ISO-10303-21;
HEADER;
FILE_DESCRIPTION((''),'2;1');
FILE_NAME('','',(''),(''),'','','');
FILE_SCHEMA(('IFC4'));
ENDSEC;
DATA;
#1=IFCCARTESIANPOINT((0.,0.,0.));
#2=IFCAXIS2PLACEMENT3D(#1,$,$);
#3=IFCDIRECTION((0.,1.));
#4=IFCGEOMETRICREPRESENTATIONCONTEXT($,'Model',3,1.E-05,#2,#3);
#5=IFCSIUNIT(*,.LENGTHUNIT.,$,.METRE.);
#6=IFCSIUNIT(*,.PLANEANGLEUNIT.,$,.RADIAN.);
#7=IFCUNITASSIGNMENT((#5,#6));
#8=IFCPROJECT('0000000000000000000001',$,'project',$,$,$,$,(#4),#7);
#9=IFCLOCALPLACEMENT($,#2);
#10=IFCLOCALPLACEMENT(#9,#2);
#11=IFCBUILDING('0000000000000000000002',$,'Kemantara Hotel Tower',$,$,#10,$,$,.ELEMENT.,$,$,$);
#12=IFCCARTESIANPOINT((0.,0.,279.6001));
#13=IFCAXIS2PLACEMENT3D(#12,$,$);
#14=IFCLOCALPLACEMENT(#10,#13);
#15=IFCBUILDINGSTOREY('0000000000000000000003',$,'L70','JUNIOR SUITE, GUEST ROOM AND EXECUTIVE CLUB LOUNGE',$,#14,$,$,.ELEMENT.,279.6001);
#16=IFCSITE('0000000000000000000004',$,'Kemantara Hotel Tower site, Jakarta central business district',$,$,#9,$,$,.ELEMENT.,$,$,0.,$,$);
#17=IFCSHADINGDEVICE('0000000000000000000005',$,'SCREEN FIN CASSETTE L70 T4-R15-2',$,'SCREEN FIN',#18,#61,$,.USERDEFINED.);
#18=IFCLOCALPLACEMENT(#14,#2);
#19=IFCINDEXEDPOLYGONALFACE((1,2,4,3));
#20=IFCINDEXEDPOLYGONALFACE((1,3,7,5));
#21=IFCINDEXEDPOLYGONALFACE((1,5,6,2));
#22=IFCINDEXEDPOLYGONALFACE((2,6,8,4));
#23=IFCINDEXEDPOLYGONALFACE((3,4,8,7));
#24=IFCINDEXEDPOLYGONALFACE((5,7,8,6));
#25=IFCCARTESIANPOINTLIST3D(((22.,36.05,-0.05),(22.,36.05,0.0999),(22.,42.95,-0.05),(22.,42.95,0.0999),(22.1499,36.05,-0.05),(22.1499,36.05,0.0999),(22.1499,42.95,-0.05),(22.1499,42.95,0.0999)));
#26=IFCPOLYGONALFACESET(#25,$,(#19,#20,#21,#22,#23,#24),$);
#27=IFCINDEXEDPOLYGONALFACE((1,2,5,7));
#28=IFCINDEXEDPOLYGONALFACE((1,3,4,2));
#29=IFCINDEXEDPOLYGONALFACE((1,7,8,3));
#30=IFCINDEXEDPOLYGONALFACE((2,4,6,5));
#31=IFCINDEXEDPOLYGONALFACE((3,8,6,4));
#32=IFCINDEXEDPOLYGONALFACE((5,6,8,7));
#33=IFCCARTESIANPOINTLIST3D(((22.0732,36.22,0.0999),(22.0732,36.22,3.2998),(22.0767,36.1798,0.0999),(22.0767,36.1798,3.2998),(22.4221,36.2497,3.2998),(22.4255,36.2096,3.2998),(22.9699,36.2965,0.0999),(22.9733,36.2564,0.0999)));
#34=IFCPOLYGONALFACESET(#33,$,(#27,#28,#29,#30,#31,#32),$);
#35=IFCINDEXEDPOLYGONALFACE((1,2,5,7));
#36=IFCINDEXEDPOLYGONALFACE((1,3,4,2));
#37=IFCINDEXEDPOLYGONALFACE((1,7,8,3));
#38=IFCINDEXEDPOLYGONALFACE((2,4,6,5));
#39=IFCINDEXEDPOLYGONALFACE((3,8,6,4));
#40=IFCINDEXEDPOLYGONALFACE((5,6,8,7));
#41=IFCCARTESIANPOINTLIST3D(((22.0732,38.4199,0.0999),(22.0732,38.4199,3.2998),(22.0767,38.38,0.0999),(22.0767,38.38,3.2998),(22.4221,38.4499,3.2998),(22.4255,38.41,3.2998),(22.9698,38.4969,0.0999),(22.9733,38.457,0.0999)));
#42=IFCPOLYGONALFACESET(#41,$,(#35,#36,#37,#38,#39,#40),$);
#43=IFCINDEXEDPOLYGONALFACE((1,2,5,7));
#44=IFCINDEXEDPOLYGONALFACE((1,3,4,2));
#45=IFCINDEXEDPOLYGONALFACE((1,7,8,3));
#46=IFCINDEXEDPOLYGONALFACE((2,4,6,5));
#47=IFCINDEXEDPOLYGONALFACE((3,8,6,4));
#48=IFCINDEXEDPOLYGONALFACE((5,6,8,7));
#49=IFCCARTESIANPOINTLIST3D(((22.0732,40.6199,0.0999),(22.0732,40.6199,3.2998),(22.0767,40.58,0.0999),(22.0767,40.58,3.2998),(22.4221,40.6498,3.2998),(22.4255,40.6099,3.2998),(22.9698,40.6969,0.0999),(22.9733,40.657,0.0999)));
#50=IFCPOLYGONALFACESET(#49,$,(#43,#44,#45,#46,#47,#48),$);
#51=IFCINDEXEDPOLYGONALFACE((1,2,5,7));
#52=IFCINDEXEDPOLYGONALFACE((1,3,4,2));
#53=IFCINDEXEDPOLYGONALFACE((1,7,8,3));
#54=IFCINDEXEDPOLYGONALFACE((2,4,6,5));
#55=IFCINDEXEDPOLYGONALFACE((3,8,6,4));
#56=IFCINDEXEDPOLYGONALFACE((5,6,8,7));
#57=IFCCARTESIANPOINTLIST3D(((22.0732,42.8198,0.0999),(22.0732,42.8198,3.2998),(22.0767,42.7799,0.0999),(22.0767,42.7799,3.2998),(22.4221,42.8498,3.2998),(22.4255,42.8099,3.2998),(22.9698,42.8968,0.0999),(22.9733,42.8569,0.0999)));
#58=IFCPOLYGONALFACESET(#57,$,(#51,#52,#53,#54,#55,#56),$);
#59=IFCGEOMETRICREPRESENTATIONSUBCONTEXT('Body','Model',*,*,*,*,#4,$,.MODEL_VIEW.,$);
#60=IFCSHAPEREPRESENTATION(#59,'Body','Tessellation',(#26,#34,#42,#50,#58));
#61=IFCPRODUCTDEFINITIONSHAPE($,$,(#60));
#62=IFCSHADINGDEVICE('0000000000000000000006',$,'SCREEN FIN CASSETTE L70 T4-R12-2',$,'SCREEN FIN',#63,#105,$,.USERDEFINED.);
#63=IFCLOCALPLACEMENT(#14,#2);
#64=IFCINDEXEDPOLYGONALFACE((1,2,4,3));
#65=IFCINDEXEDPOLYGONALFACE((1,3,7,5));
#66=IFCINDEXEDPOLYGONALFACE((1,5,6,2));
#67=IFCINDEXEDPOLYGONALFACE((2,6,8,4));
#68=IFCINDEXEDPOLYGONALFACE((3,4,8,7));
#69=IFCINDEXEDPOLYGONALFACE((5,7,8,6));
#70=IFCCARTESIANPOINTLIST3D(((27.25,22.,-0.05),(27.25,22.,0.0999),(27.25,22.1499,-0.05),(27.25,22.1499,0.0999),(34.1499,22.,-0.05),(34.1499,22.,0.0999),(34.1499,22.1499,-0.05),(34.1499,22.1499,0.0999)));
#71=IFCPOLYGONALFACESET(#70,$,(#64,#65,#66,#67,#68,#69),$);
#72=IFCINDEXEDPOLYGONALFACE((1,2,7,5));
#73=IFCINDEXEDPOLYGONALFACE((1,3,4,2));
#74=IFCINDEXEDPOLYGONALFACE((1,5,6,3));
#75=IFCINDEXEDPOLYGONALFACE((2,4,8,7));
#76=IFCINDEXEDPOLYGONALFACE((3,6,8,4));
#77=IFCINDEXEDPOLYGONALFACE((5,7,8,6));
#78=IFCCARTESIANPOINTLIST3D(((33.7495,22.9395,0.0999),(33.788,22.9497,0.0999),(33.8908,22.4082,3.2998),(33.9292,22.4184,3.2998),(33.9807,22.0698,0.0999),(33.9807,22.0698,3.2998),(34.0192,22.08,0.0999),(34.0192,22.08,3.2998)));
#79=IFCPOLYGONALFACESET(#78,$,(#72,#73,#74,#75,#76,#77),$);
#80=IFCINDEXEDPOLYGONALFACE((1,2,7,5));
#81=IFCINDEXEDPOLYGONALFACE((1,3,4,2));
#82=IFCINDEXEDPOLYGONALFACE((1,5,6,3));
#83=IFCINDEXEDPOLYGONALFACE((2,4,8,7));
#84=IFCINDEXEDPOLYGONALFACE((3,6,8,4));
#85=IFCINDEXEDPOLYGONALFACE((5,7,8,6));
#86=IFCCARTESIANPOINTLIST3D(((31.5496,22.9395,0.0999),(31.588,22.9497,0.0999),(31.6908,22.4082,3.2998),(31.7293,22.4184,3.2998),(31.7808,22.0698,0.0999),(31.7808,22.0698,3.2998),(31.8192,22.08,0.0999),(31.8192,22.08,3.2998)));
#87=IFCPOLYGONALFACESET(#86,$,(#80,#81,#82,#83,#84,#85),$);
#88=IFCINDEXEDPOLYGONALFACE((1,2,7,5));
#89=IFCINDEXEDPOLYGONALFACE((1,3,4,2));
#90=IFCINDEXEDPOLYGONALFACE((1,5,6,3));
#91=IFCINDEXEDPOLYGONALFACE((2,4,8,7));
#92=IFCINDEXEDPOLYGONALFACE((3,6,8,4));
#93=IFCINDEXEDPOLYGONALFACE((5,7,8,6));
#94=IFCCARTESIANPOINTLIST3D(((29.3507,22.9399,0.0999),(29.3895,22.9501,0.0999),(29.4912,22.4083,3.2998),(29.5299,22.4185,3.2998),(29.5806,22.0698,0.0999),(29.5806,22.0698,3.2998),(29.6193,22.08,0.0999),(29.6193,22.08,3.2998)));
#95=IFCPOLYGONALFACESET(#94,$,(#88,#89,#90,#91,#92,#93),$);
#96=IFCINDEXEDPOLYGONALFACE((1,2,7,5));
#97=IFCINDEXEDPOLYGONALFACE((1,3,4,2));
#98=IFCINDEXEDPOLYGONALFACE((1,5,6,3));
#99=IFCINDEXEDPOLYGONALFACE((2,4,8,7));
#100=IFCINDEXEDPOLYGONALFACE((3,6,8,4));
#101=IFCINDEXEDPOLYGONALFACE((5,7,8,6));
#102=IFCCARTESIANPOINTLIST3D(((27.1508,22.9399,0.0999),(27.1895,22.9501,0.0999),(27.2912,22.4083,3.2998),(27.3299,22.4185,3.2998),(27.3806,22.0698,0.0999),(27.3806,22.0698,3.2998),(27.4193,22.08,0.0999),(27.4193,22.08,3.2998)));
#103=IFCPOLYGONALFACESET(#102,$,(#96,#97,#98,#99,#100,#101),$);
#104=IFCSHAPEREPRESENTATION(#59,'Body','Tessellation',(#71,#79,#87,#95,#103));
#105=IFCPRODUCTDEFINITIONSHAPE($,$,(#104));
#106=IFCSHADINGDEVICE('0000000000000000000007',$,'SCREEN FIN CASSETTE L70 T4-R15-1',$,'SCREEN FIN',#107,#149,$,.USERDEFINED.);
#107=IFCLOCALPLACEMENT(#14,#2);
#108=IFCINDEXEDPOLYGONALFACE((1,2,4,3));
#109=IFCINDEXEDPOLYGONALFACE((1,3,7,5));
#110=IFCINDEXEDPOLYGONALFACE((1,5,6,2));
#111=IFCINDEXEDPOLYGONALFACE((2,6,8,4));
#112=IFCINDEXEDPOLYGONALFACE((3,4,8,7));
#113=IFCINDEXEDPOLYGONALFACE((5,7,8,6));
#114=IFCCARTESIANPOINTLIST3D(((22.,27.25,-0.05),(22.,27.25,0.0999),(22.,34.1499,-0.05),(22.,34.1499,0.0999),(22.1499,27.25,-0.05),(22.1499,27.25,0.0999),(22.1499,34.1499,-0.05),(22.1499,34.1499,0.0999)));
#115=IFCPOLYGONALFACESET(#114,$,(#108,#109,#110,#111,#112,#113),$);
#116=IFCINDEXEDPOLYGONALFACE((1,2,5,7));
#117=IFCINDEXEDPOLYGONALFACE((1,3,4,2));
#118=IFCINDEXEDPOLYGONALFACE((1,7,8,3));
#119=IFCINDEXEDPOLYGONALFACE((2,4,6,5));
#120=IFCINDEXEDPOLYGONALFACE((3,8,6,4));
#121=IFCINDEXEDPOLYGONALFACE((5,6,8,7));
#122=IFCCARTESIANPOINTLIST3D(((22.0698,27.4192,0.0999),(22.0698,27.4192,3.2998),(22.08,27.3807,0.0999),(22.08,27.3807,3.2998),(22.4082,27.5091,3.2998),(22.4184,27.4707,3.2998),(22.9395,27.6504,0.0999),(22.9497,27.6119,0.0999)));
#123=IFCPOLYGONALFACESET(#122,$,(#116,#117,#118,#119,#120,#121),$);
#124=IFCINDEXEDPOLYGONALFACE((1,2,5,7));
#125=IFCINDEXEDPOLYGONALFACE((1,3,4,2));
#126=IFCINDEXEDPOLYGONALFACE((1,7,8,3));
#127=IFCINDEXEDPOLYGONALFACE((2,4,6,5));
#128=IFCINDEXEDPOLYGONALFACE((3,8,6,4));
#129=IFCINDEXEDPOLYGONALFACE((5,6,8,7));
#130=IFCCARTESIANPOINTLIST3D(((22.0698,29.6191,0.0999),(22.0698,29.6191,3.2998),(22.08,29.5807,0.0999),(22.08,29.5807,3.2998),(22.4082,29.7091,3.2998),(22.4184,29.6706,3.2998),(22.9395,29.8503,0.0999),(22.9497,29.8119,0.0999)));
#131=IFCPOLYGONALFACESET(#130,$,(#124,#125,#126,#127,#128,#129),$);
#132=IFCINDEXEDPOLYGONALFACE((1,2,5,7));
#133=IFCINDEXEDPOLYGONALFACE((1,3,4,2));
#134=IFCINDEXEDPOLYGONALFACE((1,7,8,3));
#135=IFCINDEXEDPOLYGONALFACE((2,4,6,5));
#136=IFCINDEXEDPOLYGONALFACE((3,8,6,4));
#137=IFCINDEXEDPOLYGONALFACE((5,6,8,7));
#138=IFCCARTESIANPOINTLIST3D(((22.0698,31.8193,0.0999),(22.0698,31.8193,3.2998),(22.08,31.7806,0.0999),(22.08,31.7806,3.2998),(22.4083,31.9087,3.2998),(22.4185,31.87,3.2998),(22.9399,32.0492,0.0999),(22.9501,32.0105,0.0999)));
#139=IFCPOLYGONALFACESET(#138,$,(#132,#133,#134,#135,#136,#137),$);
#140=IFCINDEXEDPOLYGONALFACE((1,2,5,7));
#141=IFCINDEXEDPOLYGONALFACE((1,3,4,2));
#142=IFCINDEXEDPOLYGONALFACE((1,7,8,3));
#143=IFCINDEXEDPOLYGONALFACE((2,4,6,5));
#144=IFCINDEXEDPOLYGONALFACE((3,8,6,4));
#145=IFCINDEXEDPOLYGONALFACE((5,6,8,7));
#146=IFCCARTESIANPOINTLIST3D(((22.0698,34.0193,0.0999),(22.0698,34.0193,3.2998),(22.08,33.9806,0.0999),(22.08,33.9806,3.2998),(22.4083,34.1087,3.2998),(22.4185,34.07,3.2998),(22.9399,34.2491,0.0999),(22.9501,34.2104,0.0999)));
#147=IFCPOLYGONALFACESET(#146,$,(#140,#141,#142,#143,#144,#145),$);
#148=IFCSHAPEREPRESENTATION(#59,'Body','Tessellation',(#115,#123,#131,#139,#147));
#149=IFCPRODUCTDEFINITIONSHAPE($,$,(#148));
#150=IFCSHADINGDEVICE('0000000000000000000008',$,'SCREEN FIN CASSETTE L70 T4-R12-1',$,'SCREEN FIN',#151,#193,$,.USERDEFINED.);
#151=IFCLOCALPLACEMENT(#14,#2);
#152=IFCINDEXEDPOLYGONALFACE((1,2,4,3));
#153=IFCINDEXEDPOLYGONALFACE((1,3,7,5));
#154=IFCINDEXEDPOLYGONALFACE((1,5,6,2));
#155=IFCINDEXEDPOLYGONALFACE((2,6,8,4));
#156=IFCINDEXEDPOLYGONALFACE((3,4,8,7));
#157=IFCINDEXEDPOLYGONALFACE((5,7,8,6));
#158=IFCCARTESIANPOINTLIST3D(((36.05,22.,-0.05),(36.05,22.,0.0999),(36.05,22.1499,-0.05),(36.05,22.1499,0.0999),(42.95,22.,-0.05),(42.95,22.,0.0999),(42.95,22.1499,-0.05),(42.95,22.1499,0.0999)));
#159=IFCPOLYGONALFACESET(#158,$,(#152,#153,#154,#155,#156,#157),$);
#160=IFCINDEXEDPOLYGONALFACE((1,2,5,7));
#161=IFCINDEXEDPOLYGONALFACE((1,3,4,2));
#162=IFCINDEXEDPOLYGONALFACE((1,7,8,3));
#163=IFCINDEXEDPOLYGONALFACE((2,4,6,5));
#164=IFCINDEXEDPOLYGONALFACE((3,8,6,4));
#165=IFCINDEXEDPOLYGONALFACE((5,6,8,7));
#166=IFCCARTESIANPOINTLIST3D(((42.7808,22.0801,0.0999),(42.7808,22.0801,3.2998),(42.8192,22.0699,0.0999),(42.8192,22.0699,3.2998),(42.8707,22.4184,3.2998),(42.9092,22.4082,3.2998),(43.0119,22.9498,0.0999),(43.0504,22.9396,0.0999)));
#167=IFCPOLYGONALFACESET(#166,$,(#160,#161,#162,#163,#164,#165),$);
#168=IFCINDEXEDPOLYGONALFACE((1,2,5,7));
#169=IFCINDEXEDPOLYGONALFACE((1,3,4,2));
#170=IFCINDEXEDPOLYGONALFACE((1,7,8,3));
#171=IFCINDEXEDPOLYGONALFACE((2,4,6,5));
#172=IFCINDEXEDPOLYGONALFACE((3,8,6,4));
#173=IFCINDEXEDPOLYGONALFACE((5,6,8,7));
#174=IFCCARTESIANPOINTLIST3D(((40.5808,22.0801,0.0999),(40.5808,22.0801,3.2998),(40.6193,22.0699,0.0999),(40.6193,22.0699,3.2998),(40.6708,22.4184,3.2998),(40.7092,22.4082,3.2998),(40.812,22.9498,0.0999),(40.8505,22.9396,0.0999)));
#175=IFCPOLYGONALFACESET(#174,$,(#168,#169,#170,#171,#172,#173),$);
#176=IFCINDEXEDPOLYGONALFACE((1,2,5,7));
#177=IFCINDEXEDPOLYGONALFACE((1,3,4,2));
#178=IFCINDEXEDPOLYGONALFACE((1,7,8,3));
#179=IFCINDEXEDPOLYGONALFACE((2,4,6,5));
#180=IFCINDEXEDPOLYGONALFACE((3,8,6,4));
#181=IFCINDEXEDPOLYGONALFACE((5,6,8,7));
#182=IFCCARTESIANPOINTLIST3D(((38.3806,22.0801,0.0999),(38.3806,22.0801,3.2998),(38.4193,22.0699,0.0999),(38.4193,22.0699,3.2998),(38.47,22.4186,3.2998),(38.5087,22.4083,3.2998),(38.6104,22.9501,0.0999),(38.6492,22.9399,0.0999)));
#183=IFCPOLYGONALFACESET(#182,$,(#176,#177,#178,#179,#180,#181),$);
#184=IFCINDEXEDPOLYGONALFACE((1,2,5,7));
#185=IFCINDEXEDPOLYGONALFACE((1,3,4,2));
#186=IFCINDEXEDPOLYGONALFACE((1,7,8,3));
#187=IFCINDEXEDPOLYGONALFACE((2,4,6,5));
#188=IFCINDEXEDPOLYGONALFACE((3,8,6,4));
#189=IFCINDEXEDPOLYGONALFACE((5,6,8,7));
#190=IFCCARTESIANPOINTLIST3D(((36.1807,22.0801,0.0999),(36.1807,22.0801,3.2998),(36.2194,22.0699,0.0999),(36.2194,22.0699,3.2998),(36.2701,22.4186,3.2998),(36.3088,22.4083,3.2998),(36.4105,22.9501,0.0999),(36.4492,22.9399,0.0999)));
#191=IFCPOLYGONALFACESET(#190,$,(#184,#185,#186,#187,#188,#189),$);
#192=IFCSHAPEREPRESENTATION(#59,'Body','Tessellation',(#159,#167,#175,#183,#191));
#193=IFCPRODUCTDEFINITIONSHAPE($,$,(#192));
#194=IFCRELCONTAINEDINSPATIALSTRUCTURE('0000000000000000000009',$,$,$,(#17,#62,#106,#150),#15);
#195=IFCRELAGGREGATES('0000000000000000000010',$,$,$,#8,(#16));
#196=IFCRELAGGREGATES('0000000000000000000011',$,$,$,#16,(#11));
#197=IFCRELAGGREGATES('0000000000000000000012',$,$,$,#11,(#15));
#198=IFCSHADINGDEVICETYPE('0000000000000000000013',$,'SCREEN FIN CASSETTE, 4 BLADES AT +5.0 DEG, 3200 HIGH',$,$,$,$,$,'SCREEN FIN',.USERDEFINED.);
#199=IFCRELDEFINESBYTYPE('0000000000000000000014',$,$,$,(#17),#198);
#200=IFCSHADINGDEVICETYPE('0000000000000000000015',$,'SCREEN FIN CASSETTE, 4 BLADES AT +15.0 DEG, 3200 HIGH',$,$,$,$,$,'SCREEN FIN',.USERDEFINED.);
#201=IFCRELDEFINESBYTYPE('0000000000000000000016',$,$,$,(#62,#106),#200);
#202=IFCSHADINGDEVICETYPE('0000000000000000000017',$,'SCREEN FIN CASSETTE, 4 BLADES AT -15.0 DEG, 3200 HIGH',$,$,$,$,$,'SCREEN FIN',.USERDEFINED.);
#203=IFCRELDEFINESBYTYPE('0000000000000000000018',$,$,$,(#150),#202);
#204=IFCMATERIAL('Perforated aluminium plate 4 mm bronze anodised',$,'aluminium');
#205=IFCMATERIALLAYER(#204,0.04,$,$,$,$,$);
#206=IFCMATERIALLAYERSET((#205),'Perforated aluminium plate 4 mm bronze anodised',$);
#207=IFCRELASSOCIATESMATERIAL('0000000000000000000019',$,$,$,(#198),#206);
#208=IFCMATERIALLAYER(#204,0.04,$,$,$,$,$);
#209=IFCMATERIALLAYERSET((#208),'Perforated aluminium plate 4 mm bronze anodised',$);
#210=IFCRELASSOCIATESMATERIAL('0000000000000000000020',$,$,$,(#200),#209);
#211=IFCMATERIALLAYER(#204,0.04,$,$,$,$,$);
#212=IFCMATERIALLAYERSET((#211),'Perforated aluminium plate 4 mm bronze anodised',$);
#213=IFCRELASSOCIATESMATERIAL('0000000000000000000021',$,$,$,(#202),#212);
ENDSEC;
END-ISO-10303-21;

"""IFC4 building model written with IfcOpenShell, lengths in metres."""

from ifc_helpers import new_model, si_unit, direction, frame, origin, origin_2d, place, context, subcontext, project, spatial, polyline, rectangle, outline, extrude, source, transform, mapped, material, layer, layer_set, type_object, element, save


model = new_model("IFC4")

# Units and contexts
model_context = context("Model", 3, precision=1e-05, world=origin(), true_north=direction((0.0, 1.0)))
body_context = subcontext(model_context, "Body", "Model", "MODEL_VIEW")
ifc_project = project(units=[si_unit("LENGTHUNIT", "METRE"), si_unit("PLANEANGLEUNIT", "RADIAN")], contexts=[model_context])

# Site, building, storey
site_placement = place(None, origin())
site = spatial("IfcSite", under=ifc_project, at=site_placement, Name="Kemantara Hotel Tower site, Jakarta central business district", CompositionType="ELEMENT", RefElevation=0.0)
building_placement = place(site_placement, origin())
building = spatial("IfcBuilding", under=site, at=building_placement, Name="Kemantara Hotel Tower", CompositionType="ELEMENT")
storey_placement = place(building_placement, frame((0.0, 0.0, 279.6001)))
storey = spatial("IfcBuildingStorey", under=building, at=storey_placement, Name="L70", Description="JUNIOR SUITE, GUEST ROOM AND EXECUTIVE CLUB LOUNGE", CompositionType="ELEMENT", Elevation=279.6001)

# Shading devices
ifc_material_1 = material(Name="Perforated aluminium plate 4 mm bronze anodised", Category="aluminium")
ifc_layer_1 = layer(ifc_material_1, 0.04)
ifc_layer_set_1 = layer_set([ifc_layer_1], Name="Perforated aluminium plate 4 mm bronze anodised")
shading_device_type_1 = type_object("IfcShadingDeviceType", Name="SCREEN FIN CASSETTE, 4 BLADES AT +5.0 DEG, 3200 HIGH", ElementType="SCREEN FIN", PredefinedType="USERDEFINED", material=ifc_layer_set_1)
shared_shape_1 = source(origin(), body_context, "Body", "SweptSolid", [
    extrude(rectangle(XDim=6.8999, YDim=0.1499, at=origin_2d()), frame((3.3, -0.075, -0.1499), z_axis=(0.0, 0.0, 1.0), x_axis=(1.0, 0.0, 0.0)), (0.0, 0.0, 1.0), 0.1499),
    extrude(outline(polyline([(0.0, 0.0), (0.8999, 0.0), (0.3501, 3.2), (0.0, 3.2), (0.0, 0.0)])), frame((0.02, -0.0732, 0.0), z_axis=(-0.996376, -0.085056, 0.0), x_axis=(0.085056, -0.996376, 0.0)), (0.0, 0.0, 1.0), 0.0403),
    extrude(outline(polyline([(0.0, 0.0), (0.8999, 0.0), (0.3501, 3.2), (0.0, 3.2), (0.0, 0.0)])), frame((2.22, -0.0732, 0.0), z_axis=(-0.996332, -0.085575, 0.0), x_axis=(0.085575, -0.996332, 0.0)), (0.0, 0.0, 1.0), 0.04),
    extrude(outline(polyline([(0.0, 0.0), (0.8999, 0.0), (0.3501, 3.2), (0.0, 3.2), (0.0, 0.0)])), frame((4.4199, -0.0732, 0.0), z_axis=(-0.996332, -0.085575, 0.0), x_axis=(0.085575, -0.996332, 0.0)), (0.0, 0.0, 1.0), 0.04),
    extrude(outline(polyline([(0.0, 0.0), (0.8999, 0.0), (0.3501, 3.2), (0.0, 3.2), (0.0, 0.0)])), frame((6.6199, -0.0732, 0.0), z_axis=(-0.996332, -0.085575, 0.0), x_axis=(0.085575, -0.996332, 0.0)), (0.0, 0.0, 1.0), 0.04),
])
shading_device_1_placement = place(storey_placement, frame((22.0, 36.2, 0.0999), z_axis=(0.0, 0.0, 1.0), x_axis=(0.0, 1.0, 0.0)))
element("IfcShadingDevice", 1, at=shading_device_1_placement, inside=storey, type_object=shading_device_type_1, Name="SCREEN FIN CASSETTE L70 T4-R15-2", ObjectType="SCREEN FIN", PredefinedType="USERDEFINED", context=body_context, shape_type="MappedRepresentation", body=[
    mapped(shared_shape_1, transform((0.0, 0.0, 0.0))),
])
ifc_layer_2 = layer(ifc_material_1, 0.04)
ifc_layer_set_2 = layer_set([ifc_layer_2], Name="Perforated aluminium plate 4 mm bronze anodised")
shading_device_type_2 = type_object("IfcShadingDeviceType", Name="SCREEN FIN CASSETTE, 4 BLADES AT +15.0 DEG, 3200 HIGH", ElementType="SCREEN FIN", PredefinedType="USERDEFINED", material=ifc_layer_set_2)
shared_shape_2 = source(origin(), body_context, "Body", "SweptSolid", [
    extrude(rectangle(XDim=6.8999, YDim=0.1499, at=origin_2d()), frame((3.3, -0.075, -0.1499), z_axis=(0.0, 0.0, 1.0), x_axis=(1.0, 0.0, 0.0)), (0.0, 0.0, 1.0), 0.1499),
    extrude(outline(polyline([(0.0, 0.0), (0.8999, 0.0), (0.3501, 3.2), (0.0, 3.2), (0.0, 0.0)])), frame((0.0193, -0.0698, 0.0), z_axis=(-0.966438, -0.256901, 0.0), x_axis=(0.256901, -0.966438, 0.0)), (0.0, 0.0, 1.0), 0.0398),
    extrude(outline(polyline([(0.0, 0.0), (0.8999, 0.0), (0.3501, 3.2), (0.0, 3.2), (0.0, 0.0)])), frame((2.2192, -0.0698, 0.0), z_axis=(-0.966438, -0.256901, 0.0), x_axis=(0.256901, -0.966438, 0.0)), (0.0, 0.0, 1.0), 0.0398),
    extrude(outline(polyline([(0.0, 0.0), (0.8999, 0.0), (0.3501, 3.2), (0.0, 3.2), (0.0, 0.0)])), frame((4.4194, -0.0698, 0.0), z_axis=(-0.966838, -0.255391, 0.0), x_axis=(0.255391, -0.966838, 0.0)), (0.0, 0.0, 1.0), 0.04),
    extrude(outline(polyline([(0.0, 0.0), (0.8999, 0.0), (0.3501, 3.2), (0.0, 3.2), (0.0, 0.0)])), frame((6.6194, -0.0698, 0.0), z_axis=(-0.966838, -0.255391, 0.0), x_axis=(0.255391, -0.966838, 0.0)), (0.0, 0.0, 1.0), 0.04),
])
for number, where, z_axis, x_axis, name in (
    (2, (34.0, 22.0, 0.0999), (0.0, 0.0, 1.0), (-1.0, 0.0, 0.0), "SCREEN FIN CASSETTE L70 T4-R12-2"),
    (3, (22.0, 27.3999, 0.0999), (0.0, 0.0, 1.0), (0.0, 1.0, 0.0), "SCREEN FIN CASSETTE L70 T4-R15-1"),
):
    element("IfcShadingDevice", number, at=place(storey_placement, frame(where, z_axis=z_axis, x_axis=x_axis)), inside=storey, type_object=shading_device_type_2, Name=name, ObjectType="SCREEN FIN", PredefinedType="USERDEFINED", context=body_context, shape_type="MappedRepresentation", body=[
        mapped(shared_shape_2, transform((0.0, 0.0, 0.0))),
    ])
ifc_layer_3 = layer(ifc_material_1, 0.04)
ifc_layer_set_3 = layer_set([ifc_layer_3], Name="Perforated aluminium plate 4 mm bronze anodised")
shading_device_type_3 = type_object("IfcShadingDeviceType", Name="SCREEN FIN CASSETTE, 4 BLADES AT -15.0 DEG, 3200 HIGH", ElementType="SCREEN FIN", PredefinedType="USERDEFINED", material=ifc_layer_set_3)
shared_shape_3 = source(origin(), body_context, "Body", "SweptSolid", [
    extrude(rectangle(XDim=6.8999, YDim=0.1499, at=origin_2d()), frame((3.3, -0.075, -0.1499), z_axis=(0.0, 0.0, 1.0), x_axis=(1.0, 0.0, 0.0)), (0.0, 0.0, 1.0), 0.1499),
    extrude(outline(polyline([(0.0, 0.0), (0.8999, 0.0), (0.3501, 3.2), (0.0, 3.2), (0.0, 0.0)])), frame((0.0193, -0.0801, 0.0), z_axis=(-0.966438, 0.256901, 0.0), x_axis=(-0.256901, -0.966438, 0.0)), (0.0, 0.0, 1.0), 0.0398),
    extrude(outline(polyline([(0.0, 0.0), (0.8999, 0.0), (0.3501, 3.2), (0.0, 3.2), (0.0, 0.0)])), frame((2.2192, -0.0801, 0.0), z_axis=(-0.966438, 0.256901, 0.0), x_axis=(-0.256901, -0.966438, 0.0)), (0.0, 0.0, 1.0), 0.0398),
    extrude(outline(polyline([(0.0, 0.0), (0.8999, 0.0), (0.3501, 3.2), (0.0, 3.2), (0.0, 0.0)])), frame((4.4194, -0.0801, 0.0), z_axis=(-0.966838, 0.255391, 0.0), x_axis=(-0.255391, -0.966838, 0.0)), (0.0, 0.0, 1.0), 0.04),
    extrude(outline(polyline([(0.0, 0.0), (0.8999, 0.0), (0.3501, 3.2), (0.0, 3.2), (0.0, 0.0)])), frame((6.6194, -0.0801, 0.0), z_axis=(-0.966838, 0.255391, 0.0), x_axis=(-0.255391, -0.966838, 0.0)), (0.0, 0.0, 1.0), 0.04),
])
shading_device_2_placement = place(storey_placement, frame((42.8, 22.0, 0.0999), z_axis=(0.0, 0.0, 1.0), x_axis=(-1.0, 0.0, 0.0)))
element("IfcShadingDevice", 4, at=shading_device_2_placement, inside=storey, type_object=shading_device_type_3, Name="SCREEN FIN CASSETTE L70 T4-R12-1", ObjectType="SCREEN FIN", PredefinedType="USERDEFINED", context=body_context, shape_type="MappedRepresentation", body=[
    mapped(shared_shape_3, transform((0.0, 0.0, 0.0))),
])

save(model, "model.ifc")
